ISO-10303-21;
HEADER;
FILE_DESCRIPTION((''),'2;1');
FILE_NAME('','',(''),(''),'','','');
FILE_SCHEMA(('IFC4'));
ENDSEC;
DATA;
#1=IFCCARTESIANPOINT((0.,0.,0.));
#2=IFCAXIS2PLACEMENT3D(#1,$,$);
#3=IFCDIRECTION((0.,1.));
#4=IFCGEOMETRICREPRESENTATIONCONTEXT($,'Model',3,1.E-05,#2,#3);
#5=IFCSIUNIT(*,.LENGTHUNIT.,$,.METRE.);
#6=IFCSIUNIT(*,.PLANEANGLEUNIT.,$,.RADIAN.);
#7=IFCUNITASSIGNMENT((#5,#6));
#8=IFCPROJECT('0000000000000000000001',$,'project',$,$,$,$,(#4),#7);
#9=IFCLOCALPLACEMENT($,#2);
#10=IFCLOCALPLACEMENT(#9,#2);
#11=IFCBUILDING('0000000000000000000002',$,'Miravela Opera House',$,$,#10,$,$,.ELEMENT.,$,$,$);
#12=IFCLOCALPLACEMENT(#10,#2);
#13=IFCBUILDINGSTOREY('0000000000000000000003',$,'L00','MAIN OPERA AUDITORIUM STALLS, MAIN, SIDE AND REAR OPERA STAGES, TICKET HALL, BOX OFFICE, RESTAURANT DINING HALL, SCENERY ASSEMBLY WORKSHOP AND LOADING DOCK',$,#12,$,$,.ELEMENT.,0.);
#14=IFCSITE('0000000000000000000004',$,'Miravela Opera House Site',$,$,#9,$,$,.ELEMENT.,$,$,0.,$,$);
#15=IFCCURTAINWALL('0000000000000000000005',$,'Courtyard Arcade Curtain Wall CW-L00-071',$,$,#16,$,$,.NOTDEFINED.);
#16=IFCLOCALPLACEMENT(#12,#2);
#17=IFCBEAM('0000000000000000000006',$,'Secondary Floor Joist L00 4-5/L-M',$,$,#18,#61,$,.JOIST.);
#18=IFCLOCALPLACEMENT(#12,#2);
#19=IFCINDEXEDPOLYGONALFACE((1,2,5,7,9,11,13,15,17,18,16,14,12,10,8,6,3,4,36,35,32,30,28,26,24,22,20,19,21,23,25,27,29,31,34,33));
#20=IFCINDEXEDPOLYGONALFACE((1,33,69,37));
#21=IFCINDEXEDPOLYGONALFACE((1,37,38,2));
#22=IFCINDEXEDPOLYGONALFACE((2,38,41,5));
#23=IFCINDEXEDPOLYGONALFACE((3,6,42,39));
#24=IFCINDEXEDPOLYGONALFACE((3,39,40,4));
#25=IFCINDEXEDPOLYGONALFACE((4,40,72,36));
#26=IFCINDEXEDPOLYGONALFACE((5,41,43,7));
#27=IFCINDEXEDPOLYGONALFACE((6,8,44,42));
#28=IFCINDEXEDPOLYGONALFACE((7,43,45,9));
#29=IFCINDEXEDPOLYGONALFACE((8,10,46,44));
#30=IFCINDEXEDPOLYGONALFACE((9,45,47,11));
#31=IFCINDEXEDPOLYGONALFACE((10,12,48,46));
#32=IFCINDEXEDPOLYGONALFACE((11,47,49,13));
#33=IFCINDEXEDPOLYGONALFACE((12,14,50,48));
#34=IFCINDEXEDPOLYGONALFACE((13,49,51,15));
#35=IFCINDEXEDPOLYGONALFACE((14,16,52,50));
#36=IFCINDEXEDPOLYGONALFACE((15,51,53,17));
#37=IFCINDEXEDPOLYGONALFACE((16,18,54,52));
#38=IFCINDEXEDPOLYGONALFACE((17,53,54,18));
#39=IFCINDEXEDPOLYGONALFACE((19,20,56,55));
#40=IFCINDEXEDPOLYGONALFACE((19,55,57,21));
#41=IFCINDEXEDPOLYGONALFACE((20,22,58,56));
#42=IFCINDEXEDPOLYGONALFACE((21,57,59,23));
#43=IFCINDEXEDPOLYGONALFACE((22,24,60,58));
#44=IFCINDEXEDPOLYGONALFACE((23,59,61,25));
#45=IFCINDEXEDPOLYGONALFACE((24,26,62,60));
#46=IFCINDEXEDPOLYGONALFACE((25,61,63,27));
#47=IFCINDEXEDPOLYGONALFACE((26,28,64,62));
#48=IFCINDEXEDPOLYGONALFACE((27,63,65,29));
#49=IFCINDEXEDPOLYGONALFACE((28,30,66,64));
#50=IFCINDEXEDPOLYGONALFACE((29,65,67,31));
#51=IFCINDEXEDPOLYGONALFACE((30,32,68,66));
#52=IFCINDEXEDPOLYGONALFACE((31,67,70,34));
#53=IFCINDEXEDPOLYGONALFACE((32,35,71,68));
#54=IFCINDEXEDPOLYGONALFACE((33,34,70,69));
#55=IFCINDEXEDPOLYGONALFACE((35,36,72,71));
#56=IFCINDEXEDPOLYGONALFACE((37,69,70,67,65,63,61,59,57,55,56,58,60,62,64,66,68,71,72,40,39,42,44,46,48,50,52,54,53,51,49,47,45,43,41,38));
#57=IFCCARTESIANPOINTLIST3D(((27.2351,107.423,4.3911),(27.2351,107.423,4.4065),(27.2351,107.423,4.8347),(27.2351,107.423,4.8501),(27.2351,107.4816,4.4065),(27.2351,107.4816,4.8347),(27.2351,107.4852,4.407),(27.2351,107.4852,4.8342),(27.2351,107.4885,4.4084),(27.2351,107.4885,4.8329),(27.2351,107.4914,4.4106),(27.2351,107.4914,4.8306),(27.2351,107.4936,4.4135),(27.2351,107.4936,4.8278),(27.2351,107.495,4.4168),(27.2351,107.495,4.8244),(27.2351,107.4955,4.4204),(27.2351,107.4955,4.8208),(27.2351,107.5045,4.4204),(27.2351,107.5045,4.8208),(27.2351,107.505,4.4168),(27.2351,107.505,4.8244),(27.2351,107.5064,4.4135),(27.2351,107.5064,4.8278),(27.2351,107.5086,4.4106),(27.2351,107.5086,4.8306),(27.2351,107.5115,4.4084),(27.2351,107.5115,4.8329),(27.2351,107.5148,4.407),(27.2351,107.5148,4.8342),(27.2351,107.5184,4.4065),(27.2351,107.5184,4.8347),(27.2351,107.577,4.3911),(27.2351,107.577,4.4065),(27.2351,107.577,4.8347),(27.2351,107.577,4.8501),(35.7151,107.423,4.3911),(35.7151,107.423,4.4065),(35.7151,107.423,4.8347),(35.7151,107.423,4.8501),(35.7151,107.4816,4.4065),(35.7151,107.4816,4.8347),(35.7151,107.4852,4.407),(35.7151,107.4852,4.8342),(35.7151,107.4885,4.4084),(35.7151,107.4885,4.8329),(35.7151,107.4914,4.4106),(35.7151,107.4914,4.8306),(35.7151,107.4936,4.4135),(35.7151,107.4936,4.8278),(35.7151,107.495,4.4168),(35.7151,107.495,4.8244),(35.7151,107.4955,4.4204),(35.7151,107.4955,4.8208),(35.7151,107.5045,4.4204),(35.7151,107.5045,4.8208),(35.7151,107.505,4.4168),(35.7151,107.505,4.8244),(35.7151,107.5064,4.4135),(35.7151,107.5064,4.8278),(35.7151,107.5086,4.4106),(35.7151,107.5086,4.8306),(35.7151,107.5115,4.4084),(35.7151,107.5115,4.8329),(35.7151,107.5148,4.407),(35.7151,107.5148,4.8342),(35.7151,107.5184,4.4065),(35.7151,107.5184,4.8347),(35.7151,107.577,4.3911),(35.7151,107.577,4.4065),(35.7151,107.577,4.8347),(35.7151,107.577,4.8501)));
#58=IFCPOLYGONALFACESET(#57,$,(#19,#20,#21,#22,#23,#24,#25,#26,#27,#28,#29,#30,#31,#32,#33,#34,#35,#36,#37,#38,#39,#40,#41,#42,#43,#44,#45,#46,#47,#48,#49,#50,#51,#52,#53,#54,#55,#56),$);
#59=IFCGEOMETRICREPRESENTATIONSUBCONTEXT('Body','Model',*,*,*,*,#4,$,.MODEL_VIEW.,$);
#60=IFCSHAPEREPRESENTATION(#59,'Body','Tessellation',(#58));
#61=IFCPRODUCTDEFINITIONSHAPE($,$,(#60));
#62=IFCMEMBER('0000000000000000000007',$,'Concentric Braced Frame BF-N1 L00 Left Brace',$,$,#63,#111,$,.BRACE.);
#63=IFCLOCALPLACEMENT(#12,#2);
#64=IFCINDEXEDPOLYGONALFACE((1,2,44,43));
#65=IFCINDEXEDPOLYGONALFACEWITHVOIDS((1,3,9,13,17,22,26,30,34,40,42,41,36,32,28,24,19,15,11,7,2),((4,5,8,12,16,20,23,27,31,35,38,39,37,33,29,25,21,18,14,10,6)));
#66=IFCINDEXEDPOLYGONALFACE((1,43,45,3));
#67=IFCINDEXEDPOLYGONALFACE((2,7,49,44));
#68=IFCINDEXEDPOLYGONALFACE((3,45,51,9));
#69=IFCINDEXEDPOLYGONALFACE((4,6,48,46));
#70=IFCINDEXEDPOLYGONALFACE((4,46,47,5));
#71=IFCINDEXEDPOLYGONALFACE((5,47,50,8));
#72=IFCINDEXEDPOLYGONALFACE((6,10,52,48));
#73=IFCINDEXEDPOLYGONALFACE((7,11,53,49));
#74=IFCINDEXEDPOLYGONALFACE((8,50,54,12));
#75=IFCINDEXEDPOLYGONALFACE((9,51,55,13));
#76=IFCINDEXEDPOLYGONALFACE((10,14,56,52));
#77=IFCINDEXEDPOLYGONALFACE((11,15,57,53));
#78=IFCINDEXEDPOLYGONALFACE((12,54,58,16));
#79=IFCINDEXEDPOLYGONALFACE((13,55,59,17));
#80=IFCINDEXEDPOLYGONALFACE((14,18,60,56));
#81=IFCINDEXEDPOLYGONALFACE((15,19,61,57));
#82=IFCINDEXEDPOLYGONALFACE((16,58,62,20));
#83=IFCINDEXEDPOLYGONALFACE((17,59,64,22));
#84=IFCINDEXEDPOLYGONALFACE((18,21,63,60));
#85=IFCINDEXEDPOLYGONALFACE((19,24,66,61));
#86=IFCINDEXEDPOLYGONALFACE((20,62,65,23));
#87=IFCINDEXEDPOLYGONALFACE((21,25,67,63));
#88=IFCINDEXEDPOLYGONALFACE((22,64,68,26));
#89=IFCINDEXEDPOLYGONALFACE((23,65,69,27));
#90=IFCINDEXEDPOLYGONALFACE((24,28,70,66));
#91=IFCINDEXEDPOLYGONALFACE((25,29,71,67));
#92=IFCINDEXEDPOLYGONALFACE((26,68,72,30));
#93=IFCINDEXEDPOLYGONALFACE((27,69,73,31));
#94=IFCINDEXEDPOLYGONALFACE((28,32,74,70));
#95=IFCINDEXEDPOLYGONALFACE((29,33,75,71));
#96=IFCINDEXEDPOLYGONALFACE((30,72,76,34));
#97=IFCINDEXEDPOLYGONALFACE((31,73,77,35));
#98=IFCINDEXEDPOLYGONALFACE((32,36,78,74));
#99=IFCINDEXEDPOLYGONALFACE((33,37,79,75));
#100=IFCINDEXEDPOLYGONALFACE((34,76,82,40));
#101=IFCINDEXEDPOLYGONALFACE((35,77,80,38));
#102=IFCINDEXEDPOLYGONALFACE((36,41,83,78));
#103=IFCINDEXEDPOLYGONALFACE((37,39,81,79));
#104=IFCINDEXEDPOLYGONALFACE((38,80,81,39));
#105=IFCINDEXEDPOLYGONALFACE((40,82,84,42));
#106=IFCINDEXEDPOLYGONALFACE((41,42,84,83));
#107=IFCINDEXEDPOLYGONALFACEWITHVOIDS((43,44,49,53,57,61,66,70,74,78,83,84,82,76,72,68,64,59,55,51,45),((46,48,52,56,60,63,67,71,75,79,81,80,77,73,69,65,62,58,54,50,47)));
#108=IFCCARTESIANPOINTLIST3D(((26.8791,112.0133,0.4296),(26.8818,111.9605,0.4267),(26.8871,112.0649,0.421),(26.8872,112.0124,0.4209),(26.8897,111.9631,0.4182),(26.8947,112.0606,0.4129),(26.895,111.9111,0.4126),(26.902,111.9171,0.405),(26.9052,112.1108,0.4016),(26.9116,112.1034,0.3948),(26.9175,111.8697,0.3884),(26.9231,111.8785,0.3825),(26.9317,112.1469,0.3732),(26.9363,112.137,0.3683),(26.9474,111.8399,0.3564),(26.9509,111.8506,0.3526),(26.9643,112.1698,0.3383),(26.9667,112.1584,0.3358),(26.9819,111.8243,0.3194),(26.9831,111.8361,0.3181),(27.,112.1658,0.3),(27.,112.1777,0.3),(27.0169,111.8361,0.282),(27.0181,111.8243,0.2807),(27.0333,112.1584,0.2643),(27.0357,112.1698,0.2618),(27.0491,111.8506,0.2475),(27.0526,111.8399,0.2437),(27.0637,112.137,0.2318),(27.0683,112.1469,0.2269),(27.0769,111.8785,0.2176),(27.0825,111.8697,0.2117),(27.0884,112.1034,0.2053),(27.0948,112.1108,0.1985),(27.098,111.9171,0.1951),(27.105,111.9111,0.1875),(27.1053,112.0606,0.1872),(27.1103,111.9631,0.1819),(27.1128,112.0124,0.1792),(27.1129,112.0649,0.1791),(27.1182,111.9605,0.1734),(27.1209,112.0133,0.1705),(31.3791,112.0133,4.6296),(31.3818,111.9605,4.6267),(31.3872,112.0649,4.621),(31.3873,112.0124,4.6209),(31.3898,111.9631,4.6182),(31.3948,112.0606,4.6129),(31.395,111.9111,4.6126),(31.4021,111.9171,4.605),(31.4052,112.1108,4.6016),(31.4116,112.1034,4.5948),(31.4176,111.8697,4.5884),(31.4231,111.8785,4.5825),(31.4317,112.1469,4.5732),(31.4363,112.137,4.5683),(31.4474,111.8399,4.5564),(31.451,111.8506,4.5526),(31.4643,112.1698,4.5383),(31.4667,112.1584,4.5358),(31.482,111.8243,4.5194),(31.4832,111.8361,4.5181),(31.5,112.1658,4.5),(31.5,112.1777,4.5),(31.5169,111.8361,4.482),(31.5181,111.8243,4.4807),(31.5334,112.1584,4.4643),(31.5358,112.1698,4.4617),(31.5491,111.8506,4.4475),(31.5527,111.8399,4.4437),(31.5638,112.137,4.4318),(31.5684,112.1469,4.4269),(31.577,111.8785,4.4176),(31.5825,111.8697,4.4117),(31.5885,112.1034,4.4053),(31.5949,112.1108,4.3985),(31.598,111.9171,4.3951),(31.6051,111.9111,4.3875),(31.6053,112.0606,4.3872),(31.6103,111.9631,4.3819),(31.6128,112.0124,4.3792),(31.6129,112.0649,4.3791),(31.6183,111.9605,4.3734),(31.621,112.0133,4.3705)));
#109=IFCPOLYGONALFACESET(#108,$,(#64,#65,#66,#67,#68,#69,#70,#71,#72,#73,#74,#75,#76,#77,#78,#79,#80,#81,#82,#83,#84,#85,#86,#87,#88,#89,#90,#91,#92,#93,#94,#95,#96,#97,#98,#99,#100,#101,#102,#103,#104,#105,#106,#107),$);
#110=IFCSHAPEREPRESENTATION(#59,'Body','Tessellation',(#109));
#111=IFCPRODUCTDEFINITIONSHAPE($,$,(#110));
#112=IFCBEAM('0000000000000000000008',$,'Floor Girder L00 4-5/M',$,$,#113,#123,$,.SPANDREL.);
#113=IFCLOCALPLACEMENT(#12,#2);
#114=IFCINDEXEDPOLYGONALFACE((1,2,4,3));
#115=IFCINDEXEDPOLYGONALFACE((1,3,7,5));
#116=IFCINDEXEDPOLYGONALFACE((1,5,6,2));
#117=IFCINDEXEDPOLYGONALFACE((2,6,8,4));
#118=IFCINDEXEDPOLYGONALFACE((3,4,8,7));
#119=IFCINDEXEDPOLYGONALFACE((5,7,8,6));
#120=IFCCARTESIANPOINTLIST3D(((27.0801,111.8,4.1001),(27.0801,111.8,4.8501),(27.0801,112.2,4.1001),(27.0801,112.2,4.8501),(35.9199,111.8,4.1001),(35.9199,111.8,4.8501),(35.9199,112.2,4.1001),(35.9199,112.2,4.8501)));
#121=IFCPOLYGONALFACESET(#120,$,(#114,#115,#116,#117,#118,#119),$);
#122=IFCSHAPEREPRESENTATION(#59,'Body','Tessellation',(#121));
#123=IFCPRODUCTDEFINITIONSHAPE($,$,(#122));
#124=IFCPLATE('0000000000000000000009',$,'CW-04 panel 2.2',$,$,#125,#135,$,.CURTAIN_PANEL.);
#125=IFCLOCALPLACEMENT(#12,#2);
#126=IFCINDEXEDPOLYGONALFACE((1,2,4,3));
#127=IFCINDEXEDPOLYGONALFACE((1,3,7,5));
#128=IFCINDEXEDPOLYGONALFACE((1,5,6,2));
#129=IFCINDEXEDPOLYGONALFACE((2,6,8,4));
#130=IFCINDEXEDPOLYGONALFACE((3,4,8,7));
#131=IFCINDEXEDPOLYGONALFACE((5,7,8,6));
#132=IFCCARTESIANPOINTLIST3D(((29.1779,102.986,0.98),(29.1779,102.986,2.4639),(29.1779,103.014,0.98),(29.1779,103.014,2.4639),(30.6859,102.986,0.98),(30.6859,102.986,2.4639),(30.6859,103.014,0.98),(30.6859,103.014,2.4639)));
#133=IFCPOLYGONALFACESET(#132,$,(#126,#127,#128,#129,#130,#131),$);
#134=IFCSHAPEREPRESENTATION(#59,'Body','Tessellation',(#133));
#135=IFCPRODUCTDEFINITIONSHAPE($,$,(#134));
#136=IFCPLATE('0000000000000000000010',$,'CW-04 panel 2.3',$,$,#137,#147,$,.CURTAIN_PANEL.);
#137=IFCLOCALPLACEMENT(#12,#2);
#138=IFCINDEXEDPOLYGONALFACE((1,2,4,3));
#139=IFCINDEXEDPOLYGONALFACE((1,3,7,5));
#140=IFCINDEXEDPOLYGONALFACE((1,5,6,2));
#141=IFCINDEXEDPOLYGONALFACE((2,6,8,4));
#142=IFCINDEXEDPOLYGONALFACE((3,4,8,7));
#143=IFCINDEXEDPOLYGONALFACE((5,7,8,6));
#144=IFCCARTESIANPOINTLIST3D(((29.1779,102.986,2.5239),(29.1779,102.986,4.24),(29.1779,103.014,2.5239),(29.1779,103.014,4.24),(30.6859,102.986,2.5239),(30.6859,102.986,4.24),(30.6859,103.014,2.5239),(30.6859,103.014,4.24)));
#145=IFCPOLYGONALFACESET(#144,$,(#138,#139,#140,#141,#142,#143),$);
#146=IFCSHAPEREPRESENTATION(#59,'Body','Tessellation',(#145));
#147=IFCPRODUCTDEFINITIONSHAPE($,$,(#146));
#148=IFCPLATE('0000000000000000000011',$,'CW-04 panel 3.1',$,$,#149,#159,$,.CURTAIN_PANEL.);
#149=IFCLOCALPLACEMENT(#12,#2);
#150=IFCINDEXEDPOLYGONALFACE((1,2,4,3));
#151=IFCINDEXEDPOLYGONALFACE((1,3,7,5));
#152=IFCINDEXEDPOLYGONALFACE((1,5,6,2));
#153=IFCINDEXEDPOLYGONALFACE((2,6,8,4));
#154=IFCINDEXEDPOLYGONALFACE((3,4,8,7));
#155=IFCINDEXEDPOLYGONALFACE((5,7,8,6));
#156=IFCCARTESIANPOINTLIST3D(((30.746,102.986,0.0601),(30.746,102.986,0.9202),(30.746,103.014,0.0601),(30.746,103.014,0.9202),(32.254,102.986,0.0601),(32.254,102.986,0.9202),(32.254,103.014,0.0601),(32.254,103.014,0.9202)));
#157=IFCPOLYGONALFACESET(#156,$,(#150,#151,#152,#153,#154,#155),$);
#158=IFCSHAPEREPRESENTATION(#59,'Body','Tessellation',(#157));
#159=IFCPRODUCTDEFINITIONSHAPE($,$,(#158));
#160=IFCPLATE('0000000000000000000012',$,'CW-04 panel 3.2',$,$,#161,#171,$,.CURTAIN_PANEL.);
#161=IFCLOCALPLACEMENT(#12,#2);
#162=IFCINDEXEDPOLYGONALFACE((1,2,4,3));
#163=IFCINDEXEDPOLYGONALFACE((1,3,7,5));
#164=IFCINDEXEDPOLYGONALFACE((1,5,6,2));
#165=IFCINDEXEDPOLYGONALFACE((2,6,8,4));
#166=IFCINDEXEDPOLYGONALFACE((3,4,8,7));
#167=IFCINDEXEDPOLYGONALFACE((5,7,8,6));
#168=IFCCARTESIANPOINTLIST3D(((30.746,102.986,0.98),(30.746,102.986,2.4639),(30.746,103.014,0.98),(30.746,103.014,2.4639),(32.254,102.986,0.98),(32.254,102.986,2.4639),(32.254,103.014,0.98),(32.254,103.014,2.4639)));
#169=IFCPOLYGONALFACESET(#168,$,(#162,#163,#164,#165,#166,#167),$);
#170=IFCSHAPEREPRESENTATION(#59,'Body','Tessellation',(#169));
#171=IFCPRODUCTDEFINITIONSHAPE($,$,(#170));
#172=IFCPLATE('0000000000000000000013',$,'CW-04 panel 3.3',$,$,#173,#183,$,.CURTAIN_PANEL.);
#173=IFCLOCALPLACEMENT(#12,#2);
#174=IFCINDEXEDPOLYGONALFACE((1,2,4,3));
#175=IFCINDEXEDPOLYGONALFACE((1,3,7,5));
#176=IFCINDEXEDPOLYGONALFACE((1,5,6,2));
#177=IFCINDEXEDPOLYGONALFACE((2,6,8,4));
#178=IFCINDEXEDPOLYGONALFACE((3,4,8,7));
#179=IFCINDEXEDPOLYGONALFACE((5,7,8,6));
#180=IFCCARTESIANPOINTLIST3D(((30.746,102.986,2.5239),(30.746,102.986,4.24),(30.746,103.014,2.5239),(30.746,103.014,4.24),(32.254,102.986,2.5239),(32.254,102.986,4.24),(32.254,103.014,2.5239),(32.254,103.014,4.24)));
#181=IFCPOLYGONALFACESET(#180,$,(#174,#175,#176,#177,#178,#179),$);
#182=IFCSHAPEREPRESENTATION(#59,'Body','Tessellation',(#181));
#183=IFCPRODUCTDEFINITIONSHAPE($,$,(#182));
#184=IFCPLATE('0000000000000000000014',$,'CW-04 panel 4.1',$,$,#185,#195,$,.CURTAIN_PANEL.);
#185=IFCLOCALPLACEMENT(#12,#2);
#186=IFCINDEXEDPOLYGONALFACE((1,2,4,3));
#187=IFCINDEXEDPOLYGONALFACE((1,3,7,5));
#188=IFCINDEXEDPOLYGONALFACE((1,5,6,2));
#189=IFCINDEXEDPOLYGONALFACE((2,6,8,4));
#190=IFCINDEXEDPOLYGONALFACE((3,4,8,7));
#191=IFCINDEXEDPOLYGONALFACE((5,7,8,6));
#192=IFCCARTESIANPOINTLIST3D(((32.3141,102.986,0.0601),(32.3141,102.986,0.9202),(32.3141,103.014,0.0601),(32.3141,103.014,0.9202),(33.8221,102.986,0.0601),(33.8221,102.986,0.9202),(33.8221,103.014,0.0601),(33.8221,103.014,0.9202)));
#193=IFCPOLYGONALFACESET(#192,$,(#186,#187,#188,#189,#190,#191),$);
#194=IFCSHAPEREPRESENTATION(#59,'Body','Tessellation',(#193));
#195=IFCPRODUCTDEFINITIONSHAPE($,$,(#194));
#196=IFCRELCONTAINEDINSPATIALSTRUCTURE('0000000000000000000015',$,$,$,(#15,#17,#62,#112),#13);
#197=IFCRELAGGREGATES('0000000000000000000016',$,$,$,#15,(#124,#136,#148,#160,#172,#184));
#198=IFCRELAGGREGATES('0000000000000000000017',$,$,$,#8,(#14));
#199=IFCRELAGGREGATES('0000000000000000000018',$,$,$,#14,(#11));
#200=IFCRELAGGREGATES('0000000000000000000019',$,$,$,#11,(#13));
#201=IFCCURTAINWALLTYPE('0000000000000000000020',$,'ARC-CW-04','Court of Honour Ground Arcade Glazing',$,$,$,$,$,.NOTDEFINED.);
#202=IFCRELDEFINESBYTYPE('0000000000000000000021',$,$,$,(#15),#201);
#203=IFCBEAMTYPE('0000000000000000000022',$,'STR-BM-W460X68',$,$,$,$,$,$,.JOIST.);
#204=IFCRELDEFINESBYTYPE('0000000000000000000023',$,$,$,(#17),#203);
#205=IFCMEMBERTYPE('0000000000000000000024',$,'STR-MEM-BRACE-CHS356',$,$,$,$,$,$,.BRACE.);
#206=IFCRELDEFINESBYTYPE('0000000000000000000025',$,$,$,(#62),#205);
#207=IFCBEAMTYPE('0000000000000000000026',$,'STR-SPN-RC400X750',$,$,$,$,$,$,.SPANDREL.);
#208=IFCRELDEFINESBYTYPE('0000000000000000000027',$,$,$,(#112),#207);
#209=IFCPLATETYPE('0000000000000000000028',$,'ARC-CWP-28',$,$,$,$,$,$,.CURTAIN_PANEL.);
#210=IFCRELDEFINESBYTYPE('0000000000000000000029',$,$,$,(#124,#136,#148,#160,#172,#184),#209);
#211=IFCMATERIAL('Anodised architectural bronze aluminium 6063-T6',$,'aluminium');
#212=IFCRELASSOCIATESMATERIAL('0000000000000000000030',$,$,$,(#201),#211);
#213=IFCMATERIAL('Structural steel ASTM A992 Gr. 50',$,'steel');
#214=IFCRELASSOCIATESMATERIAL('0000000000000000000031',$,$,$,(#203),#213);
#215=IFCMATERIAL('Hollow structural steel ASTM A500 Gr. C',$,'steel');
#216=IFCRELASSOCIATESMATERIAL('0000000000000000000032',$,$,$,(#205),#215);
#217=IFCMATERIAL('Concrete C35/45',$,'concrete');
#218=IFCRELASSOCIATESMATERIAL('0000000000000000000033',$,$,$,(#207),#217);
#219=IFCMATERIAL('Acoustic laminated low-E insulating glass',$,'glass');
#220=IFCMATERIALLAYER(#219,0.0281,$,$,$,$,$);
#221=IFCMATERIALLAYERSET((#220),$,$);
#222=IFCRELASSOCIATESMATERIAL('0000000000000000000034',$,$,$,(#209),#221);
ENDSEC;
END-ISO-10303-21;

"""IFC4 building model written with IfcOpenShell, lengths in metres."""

from ifc_helpers import new_model, si_unit, direction, frame, origin, origin_2d, place, context, subcontext, project, spatial, rectangle, hollow_circle, i_section, extrude, material, layer, layer_set, material_profile, profile_set, type_object, element, aggregate, save


model = new_model("IFC4")

# Units and contexts
model_context = context("Model", 3, precision=1e-05, world=origin(), true_north=direction((0.0, 1.0)))
body_context = subcontext(model_context, "Body", "Model", "MODEL_VIEW")
ifc_project = project(units=[si_unit("LENGTHUNIT", "METRE"), si_unit("PLANEANGLEUNIT", "RADIAN")], contexts=[model_context])

# Site, building, storey
site_placement = place(None, origin())
site = spatial("IfcSite", under=ifc_project, at=site_placement, Name="Miravela Opera House Site", CompositionType="ELEMENT", RefElevation=0.0)
building_placement = place(site_placement, origin())
building = spatial("IfcBuilding", under=site, at=building_placement, Name="Miravela Opera House", CompositionType="ELEMENT")
storey_placement = place(building_placement, origin())
storey = spatial("IfcBuildingStorey", under=building, at=storey_placement, Name="L00", Description="MAIN OPERA AUDITORIUM STALLS, MAIN, SIDE AND REAR OPERA STAGES, TICKET HALL, BOX OFFICE, RESTAURANT DINING HALL, SCENERY ASSEMBLY WORKSHOP AND LOADING DOCK", CompositionType="ELEMENT", Elevation=0.0)

# Curtain wall
ifc_material_1 = material(Name="Anodised architectural bronze aluminium 6063-T6", Category="aluminium")
curtain_wall_type = type_object("IfcCurtainWallType", Name="ARC-CW-04", Description="Court of Honour Ground Arcade Glazing", PredefinedType="NOTDEFINED", material=ifc_material_1)
curtain_wall_placement = place(storey_placement, origin())
curtain_wall = element("IfcCurtainWall", 1, at=curtain_wall_placement, inside=storey, type_object=curtain_wall_type, Name="Courtyard Arcade Curtain Wall CW-L00-071", PredefinedType="NOTDEFINED")

# Beam
ifc_material_2 = material(Name="Concrete C35/45", Category="concrete")
ifc_material_3 = material(Name="Structural steel ASTM A992 Gr. 50", Category="steel")
ifc_material_profile_1 = material_profile(ifc_material_3, i_section(OverallWidth=0.1541, OverallDepth=0.459, WebThickness=0.009, FlangeThickness=0.0154, FilletRadius=0.0139, at=origin_2d()), Name="W460X68")
ifc_profile_set_1 = profile_set([ifc_material_profile_1])
beam_type_1 = type_object("IfcBeamType", Name="STR-BM-W460X68", PredefinedType="JOIST", material=ifc_profile_set_1)
beam_1_placement = place(storey_placement, frame((27.2351, 107.5, 4.6206), z_axis=(1.0, 0.0, 0.0), x_axis=(0.0, 1.0, 0.0)))
element("IfcBeam", 2, at=beam_1_placement, inside=storey, type_object=beam_type_1, Name="Secondary Floor Joist L00 4-5/L-M", PredefinedType="JOIST", context=body_context, shape_type="SweptSolid", body=[
    extrude(i_section(OverallWidth=0.1541, OverallDepth=0.459, WebThickness=0.009, FlangeThickness=0.0154, FilletRadius=0.0139, at=origin_2d()), origin(), (0.0, 0.0, 1.0), 8.48),
])

# Member
ifc_material_4 = material(Name="Hollow structural steel ASTM A500 Gr. C", Category="steel")
ifc_material_profile_2 = material_profile(ifc_material_4, hollow_circle(Radius=0.1777, WallThickness=0.012, at=origin_2d()), Name="CHS356X12")
ifc_profile_set_2 = profile_set([ifc_material_profile_2])
member_type_1 = type_object("IfcMemberType", Name="STR-MEM-BRACE-CHS356", PredefinedType="BRACE", material=ifc_profile_set_2)
member_1_placement = place(storey_placement, frame((27.0, 112.0, 0.3), z_axis=(0.731059, 0.0, 0.682314), x_axis=(0.0, 1.0, 0.0)))
element("IfcMember", 3, at=member_1_placement, inside=storey, type_object=member_type_1, Name="Concentric Braced Frame BF-N1 L00 Left Brace", PredefinedType="BRACE", context=body_context, shape_type="SweptSolid", body=[
    extrude(hollow_circle(Radius=0.1777, WallThickness=0.012, at=origin_2d()), origin(), (0.0, 0.0, 1.0), 6.1555),
])

# Beam
ifc_material_profile_3 = material_profile(ifc_material_2, rectangle(XDim=0.3999, YDim=0.75, at=origin_2d()), Name="RC-SPN-400X750")
ifc_profile_set_3 = profile_set([ifc_material_profile_3])
beam_type_2 = type_object("IfcBeamType", Name="STR-SPN-RC400X750", PredefinedType="SPANDREL", material=ifc_profile_set_3)
beam_2_placement = place(storey_placement, frame((27.0801, 112.0, 4.4751), z_axis=(1.0, 0.0, 0.0), x_axis=(0.0, 1.0, 0.0)))
element("IfcBeam", 4, at=beam_2_placement, inside=storey, type_object=beam_type_2, Name="Floor Girder L00 4-5/M", PredefinedType="SPANDREL", context=body_context, shape_type="SweptSolid", body=[
    extrude(rectangle(XDim=0.3999, YDim=0.75, at=origin_2d()), origin(), (0.0, 0.0, 1.0), 8.8398),
])

# Plates
ifc_material_5 = material(Name="Acoustic laminated low-E insulating glass", Category="glass")
ifc_layer_1 = layer(ifc_material_5, 0.0281)
ifc_layer_set_1 = layer_set([ifc_layer_1])
plate_type_1 = type_object("IfcPlateType", Name="ARC-CWP-28", PredefinedType="CURTAIN_PANEL", material=ifc_layer_set_1)
plate_1_placement = place(storey_placement, frame((29.9319, 103.0, 0.98), z_axis=(0.0, 0.0, 1.0), x_axis=(1.0, 0.0, 0.0)))
plate_1 = element("IfcPlate", 5, at=plate_1_placement, type_object=plate_type_1, Name="CW-04 panel 2.2", PredefinedType="CURTAIN_PANEL", context=body_context, shape_type="SweptSolid", body=[
    extrude(rectangle(XDim=1.5081, YDim=0.0281, at=origin_2d()), origin(), (0.0, 0.0, 1.0), 1.4839),
])
plate_2_placement = place(storey_placement, frame((29.9319, 103.0, 2.5239), z_axis=(0.0, 0.0, 1.0), x_axis=(1.0, 0.0, 0.0)))
plate_2 = element("IfcPlate", 6, at=plate_2_placement, type_object=plate_type_1, Name="CW-04 panel 2.3", PredefinedType="CURTAIN_PANEL", context=body_context, shape_type="SweptSolid", body=[
    extrude(rectangle(XDim=1.5081, YDim=0.0281, at=origin_2d()), origin(), (0.0, 0.0, 1.0), 1.7161),
])
plate_3_placement = place(storey_placement, frame((31.5, 103.0, 0.0601), z_axis=(0.0, 0.0, 1.0), x_axis=(1.0, 0.0, 0.0)))
plate_3 = element("IfcPlate", 7, at=plate_3_placement, type_object=plate_type_1, Name="CW-04 panel 3.1", PredefinedType="CURTAIN_PANEL", context=body_context, shape_type="SweptSolid", body=[
    extrude(rectangle(XDim=1.5081, YDim=0.0281, at=origin_2d()), origin(), (0.0, 0.0, 1.0), 0.8601),
])
plate_4_placement = place(storey_placement, frame((31.5, 103.0, 0.98), z_axis=(0.0, 0.0, 1.0), x_axis=(1.0, 0.0, 0.0)))
plate_4 = element("IfcPlate", 8, at=plate_4_placement, type_object=plate_type_1, Name="CW-04 panel 3.2", PredefinedType="CURTAIN_PANEL", context=body_context, shape_type="SweptSolid", body=[
    extrude(rectangle(XDim=1.5081, YDim=0.0281, at=origin_2d()), origin(), (0.0, 0.0, 1.0), 1.4839),
])
plate_5_placement = place(storey_placement, frame((31.5, 103.0, 2.5239), z_axis=(0.0, 0.0, 1.0), x_axis=(1.0, 0.0, 0.0)))
plate_5 = element("IfcPlate", 9, at=plate_5_placement, type_object=plate_type_1, Name="CW-04 panel 3.3", PredefinedType="CURTAIN_PANEL", context=body_context, shape_type="SweptSolid", body=[
    extrude(rectangle(XDim=1.5081, YDim=0.0281, at=origin_2d()), origin(), (0.0, 0.0, 1.0), 1.7161),
])
plate_6_placement = place(storey_placement, frame((33.0681, 103.0, 0.0601), z_axis=(0.0, 0.0, 1.0), x_axis=(1.0, 0.0, 0.0)))
plate_6 = element("IfcPlate", 10, at=plate_6_placement, type_object=plate_type_1, Name="CW-04 panel 4.1", PredefinedType="CURTAIN_PANEL", context=body_context, shape_type="SweptSolid", body=[
    extrude(rectangle(XDim=1.5081, YDim=0.0281, at=origin_2d()), origin(), (0.0, 0.0, 1.0), 0.8601),
])
aggregate(curtain_wall, [plate_1, plate_2, plate_3, plate_4, plate_5, plate_6])

save(model, "model.ifc")
